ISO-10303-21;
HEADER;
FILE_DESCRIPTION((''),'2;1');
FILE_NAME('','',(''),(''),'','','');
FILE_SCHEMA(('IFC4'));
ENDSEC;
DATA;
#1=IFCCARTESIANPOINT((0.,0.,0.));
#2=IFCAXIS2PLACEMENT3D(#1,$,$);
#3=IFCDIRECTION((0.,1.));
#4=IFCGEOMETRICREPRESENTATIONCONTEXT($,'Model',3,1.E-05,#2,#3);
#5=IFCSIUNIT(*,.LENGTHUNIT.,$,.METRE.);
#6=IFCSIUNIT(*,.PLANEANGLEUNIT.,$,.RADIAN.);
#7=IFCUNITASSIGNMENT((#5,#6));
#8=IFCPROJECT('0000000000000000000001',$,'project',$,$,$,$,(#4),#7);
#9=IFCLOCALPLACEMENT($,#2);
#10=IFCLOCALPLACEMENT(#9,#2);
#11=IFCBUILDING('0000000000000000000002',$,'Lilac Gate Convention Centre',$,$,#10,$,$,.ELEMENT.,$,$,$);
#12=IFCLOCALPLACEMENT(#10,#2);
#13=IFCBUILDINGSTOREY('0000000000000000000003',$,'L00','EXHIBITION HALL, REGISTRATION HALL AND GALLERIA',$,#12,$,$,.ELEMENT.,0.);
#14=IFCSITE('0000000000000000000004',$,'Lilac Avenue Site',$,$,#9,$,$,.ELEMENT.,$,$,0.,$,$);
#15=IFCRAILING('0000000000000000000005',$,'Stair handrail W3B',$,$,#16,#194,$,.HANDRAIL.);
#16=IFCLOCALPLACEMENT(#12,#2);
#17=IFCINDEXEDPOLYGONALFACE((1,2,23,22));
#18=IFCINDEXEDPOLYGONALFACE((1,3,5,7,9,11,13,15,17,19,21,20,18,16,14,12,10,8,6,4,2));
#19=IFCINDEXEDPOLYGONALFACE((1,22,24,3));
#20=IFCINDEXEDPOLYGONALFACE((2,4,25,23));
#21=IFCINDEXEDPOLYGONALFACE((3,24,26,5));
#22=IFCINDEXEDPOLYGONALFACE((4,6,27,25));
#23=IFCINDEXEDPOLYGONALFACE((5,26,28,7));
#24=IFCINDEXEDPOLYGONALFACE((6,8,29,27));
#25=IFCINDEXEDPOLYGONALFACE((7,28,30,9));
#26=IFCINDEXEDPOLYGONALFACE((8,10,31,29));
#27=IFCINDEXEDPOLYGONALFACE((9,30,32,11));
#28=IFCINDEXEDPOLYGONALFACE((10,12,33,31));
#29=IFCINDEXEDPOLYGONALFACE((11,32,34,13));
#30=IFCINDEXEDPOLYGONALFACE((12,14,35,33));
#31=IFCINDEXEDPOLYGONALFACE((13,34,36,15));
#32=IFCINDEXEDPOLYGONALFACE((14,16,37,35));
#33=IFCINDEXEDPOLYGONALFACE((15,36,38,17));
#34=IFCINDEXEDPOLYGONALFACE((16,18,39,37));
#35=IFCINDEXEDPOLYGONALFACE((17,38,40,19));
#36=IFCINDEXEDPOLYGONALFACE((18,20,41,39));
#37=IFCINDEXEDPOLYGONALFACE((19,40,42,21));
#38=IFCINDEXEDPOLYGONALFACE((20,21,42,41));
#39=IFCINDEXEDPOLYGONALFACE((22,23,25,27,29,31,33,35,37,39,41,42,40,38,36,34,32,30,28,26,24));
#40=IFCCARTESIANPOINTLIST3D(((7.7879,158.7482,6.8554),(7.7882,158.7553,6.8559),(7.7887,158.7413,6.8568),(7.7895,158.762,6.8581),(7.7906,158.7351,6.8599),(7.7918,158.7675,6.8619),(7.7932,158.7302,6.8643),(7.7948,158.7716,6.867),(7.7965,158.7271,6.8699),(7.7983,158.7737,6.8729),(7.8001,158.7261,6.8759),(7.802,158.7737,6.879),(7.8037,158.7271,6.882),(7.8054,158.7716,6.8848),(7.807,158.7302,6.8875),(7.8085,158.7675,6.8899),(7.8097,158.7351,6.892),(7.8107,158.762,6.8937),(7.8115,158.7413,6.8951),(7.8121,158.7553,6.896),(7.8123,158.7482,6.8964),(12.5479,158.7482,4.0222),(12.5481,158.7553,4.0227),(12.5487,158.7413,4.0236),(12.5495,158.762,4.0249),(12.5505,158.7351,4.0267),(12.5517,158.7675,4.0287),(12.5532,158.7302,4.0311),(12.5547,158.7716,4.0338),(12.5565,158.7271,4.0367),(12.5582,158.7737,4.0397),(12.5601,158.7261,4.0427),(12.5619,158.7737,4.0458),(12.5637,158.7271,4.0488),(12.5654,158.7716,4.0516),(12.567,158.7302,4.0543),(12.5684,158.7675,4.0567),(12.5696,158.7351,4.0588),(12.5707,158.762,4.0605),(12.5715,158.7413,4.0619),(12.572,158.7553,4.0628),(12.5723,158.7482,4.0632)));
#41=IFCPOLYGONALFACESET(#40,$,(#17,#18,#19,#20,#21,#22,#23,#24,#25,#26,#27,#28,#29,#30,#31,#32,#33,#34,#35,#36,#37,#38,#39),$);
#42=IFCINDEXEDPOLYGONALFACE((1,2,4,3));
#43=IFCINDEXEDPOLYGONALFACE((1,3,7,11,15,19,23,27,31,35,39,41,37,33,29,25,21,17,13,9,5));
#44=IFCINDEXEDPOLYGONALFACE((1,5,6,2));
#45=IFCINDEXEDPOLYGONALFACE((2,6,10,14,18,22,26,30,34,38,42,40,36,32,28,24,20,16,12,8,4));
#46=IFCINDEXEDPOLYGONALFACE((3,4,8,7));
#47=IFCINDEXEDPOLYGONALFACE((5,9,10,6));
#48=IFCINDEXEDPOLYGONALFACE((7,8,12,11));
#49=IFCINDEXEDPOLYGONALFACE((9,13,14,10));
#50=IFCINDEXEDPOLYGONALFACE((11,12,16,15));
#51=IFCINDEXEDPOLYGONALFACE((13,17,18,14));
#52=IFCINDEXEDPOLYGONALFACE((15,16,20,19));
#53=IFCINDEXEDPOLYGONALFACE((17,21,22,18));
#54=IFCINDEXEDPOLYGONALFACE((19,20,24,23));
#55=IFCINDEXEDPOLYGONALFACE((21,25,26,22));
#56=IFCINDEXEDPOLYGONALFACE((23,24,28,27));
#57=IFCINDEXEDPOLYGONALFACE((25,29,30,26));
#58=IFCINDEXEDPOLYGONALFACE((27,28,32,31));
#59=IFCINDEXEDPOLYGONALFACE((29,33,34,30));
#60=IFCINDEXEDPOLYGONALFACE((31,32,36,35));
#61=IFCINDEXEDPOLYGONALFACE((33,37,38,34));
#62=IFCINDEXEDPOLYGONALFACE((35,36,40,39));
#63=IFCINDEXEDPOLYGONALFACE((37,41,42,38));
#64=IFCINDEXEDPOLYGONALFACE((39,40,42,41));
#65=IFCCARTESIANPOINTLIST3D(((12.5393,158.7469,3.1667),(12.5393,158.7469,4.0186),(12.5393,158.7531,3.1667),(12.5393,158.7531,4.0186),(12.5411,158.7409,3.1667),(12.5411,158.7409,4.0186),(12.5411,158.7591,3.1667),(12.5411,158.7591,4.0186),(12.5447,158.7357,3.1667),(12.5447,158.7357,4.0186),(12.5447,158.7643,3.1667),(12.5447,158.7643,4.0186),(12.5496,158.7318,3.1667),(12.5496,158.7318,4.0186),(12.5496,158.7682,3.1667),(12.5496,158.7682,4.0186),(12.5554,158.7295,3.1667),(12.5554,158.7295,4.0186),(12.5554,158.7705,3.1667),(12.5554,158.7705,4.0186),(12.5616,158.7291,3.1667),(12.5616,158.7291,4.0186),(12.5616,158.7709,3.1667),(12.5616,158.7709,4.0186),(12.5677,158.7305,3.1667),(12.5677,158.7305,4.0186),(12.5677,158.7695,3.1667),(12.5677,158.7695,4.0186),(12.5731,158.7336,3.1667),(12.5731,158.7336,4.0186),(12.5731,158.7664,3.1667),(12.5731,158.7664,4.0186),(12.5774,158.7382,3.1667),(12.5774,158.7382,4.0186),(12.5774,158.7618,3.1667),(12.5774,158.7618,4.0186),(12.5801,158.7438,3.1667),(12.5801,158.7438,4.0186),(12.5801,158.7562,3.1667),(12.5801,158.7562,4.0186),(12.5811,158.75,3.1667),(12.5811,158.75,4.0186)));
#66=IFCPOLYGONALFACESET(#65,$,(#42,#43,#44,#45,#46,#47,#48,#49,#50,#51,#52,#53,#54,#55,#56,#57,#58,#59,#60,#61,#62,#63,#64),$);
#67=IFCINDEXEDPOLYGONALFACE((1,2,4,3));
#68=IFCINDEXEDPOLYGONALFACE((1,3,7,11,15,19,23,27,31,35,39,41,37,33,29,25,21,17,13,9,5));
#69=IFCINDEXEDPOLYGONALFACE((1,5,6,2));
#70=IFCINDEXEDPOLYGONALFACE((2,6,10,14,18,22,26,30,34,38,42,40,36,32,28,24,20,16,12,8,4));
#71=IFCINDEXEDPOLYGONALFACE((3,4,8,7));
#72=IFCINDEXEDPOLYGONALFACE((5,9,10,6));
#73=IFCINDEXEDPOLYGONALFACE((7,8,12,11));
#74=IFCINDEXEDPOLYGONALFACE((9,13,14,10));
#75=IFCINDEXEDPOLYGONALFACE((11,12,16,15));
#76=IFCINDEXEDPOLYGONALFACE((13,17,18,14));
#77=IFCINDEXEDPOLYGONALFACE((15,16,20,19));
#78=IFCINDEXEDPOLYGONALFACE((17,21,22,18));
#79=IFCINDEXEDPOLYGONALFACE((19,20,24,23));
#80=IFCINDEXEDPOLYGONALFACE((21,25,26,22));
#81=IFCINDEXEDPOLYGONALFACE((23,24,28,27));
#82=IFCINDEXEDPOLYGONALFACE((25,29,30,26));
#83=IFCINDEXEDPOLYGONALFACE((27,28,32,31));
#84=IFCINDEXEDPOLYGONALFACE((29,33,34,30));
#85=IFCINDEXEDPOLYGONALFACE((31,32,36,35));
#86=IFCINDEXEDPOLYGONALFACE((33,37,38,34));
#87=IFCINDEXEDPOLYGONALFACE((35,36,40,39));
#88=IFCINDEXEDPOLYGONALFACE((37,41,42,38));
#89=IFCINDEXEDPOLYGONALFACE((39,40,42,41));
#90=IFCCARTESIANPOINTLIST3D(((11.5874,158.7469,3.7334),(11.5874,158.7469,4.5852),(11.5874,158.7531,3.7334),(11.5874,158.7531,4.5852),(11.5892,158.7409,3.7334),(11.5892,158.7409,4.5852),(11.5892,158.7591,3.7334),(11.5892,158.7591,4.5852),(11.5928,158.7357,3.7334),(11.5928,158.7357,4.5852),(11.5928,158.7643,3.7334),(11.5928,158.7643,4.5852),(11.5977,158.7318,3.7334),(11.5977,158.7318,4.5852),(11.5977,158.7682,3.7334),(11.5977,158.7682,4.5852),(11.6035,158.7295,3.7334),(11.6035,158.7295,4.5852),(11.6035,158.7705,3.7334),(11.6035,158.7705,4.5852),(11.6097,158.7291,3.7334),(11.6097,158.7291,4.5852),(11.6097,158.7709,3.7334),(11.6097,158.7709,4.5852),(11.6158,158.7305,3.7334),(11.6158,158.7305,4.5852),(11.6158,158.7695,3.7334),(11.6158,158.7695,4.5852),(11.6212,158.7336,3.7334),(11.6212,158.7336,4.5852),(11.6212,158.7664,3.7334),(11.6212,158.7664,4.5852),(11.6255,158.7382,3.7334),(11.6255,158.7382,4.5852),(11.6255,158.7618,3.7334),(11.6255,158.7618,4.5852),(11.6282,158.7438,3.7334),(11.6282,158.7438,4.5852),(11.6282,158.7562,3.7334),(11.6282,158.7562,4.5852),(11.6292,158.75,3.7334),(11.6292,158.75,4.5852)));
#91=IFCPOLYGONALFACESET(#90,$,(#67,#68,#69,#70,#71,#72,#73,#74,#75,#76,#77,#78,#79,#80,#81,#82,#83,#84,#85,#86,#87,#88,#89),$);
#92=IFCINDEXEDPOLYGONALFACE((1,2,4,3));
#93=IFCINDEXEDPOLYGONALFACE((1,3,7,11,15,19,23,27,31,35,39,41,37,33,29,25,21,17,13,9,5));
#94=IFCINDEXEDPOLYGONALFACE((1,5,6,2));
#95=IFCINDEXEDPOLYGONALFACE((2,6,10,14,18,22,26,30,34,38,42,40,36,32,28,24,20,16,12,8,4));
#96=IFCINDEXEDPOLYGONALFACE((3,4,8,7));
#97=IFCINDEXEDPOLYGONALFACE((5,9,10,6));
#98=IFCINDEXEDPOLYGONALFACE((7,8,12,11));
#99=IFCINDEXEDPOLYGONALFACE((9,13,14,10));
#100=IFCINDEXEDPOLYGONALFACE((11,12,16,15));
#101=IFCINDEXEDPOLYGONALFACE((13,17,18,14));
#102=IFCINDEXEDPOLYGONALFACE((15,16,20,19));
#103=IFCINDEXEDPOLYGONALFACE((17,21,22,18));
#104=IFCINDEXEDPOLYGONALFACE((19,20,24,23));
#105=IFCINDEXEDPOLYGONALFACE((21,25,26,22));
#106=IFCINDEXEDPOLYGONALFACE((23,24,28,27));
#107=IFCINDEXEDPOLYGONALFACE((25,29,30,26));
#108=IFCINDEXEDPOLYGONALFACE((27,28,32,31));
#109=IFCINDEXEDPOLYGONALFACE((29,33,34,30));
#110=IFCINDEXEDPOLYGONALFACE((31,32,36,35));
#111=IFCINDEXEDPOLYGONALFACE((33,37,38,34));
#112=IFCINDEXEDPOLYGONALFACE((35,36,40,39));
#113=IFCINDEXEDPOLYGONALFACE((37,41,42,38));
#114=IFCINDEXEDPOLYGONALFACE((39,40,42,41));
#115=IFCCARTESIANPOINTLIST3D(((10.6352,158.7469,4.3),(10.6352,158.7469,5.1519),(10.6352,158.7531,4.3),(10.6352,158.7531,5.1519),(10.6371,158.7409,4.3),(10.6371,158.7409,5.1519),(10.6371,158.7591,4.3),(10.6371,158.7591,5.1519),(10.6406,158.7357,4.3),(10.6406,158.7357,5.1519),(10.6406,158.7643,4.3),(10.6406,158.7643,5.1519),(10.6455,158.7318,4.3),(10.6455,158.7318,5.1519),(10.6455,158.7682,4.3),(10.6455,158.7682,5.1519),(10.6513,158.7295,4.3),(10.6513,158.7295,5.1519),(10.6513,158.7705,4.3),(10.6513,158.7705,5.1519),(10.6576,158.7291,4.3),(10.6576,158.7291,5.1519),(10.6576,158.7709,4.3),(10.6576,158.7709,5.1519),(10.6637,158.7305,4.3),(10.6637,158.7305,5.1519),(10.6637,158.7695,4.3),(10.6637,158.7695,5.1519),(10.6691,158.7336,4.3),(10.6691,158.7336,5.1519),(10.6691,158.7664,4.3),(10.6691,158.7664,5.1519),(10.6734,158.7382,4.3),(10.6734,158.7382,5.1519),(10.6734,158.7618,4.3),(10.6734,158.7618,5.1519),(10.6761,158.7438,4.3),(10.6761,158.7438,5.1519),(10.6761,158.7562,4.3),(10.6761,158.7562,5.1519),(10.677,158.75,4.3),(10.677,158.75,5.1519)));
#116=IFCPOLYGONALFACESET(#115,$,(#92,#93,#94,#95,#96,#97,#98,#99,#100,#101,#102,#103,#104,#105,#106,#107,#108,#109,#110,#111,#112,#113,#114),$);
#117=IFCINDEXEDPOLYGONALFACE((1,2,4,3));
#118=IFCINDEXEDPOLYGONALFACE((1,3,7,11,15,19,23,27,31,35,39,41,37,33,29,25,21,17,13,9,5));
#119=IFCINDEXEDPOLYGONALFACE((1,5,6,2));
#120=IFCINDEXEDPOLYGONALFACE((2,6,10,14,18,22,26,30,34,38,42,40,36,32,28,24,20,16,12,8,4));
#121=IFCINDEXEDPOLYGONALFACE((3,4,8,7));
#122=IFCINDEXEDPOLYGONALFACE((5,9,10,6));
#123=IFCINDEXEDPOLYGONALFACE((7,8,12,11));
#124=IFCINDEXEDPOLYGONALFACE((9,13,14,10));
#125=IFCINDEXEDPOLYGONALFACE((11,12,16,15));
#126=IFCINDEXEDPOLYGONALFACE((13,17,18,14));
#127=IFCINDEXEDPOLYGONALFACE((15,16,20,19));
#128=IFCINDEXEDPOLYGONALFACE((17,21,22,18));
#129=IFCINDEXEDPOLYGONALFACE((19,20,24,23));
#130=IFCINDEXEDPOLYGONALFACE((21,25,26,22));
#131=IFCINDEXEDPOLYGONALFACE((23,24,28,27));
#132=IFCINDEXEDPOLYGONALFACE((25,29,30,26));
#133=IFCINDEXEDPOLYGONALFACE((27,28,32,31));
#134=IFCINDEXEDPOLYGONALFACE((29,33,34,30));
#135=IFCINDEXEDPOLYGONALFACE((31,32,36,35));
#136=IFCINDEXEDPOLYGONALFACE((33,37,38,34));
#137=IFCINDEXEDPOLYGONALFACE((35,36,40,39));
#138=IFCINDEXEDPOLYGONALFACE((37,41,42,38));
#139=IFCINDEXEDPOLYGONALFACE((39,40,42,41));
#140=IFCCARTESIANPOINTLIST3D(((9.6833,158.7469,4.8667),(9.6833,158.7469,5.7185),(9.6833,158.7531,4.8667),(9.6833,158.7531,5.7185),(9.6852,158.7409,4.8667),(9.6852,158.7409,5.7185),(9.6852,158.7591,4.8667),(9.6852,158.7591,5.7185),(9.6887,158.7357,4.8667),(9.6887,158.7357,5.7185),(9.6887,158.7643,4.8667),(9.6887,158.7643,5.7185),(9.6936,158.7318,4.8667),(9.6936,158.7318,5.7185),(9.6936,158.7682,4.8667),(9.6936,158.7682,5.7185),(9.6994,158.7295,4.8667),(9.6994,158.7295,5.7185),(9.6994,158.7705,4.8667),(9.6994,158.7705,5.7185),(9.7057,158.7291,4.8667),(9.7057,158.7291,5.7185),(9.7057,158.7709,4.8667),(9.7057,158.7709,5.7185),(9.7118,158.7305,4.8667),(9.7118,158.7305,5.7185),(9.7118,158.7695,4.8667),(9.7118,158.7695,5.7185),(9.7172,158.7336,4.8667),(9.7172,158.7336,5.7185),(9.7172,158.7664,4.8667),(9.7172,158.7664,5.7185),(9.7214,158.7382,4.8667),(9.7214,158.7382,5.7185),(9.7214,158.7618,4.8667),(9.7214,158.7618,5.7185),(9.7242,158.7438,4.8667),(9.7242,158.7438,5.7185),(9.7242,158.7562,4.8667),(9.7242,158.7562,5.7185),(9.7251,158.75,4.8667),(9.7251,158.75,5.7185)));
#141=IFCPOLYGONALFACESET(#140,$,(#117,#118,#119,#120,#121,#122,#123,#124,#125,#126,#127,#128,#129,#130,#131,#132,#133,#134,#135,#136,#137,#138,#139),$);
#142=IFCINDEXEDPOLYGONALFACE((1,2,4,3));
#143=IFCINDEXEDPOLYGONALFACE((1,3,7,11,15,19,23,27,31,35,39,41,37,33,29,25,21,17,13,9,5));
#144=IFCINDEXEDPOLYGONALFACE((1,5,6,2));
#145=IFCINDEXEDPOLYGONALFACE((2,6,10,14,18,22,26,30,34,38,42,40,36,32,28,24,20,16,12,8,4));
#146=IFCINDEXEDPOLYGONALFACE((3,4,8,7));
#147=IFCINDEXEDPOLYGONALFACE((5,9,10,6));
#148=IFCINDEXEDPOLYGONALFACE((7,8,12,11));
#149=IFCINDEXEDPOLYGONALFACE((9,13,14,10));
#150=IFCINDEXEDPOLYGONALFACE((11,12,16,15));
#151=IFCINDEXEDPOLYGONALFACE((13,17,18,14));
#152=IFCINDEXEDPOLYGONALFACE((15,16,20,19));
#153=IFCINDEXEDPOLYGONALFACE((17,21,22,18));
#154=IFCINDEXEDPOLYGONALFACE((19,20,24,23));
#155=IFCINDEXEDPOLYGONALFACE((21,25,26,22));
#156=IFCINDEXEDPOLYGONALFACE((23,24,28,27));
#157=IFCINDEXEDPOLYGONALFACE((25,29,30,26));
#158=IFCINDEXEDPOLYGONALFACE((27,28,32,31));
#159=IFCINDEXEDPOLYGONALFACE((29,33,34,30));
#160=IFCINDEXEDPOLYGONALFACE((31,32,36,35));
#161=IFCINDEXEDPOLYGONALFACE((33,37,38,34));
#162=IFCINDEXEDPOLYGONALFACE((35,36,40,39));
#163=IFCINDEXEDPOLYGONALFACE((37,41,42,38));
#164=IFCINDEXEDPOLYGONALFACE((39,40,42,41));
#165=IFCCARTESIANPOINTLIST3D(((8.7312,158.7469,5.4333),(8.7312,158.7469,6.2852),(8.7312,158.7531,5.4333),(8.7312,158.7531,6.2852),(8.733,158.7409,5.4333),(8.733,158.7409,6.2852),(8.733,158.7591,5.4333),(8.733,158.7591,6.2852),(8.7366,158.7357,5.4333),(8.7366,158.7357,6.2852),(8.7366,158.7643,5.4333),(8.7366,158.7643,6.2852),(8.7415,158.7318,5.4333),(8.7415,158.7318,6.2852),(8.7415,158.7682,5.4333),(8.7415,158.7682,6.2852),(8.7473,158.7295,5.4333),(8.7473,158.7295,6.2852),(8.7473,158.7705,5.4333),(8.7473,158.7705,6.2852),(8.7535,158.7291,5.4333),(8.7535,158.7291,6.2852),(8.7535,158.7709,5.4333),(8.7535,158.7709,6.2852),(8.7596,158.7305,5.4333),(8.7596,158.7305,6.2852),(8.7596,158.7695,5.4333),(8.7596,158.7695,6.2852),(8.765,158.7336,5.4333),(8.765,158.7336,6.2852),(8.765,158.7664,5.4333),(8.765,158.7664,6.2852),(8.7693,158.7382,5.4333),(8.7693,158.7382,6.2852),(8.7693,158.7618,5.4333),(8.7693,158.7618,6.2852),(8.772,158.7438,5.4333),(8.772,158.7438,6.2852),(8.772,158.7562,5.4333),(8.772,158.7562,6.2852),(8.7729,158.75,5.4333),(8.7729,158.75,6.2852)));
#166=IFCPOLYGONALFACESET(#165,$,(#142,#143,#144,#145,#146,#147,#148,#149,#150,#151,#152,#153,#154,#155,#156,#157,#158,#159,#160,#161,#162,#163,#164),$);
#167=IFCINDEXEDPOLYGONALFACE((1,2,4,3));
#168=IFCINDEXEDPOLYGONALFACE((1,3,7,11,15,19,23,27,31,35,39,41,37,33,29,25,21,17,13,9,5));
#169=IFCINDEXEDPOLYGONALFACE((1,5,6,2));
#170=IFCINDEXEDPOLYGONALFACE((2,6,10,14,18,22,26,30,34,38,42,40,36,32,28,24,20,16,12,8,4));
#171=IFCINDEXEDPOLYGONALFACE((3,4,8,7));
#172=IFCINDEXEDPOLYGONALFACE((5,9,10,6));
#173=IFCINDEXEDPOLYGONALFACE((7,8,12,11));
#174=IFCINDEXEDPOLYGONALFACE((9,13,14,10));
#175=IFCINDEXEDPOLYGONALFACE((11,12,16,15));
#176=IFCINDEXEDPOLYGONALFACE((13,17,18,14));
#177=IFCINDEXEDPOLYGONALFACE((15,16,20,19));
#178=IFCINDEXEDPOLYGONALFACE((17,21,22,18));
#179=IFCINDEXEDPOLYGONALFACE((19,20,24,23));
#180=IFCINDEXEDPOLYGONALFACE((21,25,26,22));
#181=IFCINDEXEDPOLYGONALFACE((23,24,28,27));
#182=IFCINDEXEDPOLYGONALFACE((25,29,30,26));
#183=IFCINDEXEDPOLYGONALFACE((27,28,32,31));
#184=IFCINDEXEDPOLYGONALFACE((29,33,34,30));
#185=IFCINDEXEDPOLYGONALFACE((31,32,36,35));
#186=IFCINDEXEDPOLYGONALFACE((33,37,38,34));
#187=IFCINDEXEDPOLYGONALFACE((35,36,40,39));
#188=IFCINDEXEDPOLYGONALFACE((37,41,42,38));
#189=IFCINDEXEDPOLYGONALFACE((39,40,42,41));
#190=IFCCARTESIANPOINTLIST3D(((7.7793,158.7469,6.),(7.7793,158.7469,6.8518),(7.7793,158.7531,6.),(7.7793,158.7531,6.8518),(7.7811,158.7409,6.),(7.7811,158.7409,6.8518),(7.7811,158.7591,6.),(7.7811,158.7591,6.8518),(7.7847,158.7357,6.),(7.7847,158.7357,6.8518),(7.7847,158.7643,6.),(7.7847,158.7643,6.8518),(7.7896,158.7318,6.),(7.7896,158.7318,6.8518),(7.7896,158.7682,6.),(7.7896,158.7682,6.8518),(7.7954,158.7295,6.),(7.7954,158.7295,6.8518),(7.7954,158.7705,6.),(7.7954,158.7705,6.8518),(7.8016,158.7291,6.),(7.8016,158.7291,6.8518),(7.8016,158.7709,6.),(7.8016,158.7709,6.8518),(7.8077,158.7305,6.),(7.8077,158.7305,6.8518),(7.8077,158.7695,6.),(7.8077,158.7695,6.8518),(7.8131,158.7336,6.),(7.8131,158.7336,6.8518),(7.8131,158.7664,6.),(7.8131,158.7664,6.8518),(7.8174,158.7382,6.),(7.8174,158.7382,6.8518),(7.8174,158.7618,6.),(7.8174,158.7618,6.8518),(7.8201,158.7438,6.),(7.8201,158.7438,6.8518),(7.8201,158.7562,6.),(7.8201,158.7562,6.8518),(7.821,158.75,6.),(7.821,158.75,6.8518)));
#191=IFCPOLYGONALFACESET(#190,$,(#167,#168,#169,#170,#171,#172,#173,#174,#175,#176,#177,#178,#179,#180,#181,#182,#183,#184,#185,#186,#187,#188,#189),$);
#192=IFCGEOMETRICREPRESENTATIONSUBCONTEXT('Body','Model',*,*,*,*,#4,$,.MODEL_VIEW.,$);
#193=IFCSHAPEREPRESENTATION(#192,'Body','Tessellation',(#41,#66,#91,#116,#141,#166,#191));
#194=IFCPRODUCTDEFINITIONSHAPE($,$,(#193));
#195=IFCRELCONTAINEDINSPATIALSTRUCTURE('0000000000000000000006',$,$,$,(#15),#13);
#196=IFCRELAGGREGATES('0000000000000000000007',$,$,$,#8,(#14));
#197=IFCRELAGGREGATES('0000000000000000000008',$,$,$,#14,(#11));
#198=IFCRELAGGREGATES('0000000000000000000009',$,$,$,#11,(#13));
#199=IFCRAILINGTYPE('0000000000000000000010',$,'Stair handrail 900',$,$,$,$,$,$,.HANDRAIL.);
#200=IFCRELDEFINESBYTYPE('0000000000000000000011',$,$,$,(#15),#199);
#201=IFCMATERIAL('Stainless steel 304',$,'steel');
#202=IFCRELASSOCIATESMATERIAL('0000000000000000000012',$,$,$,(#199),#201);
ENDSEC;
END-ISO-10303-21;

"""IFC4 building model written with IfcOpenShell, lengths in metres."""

from ifc_helpers import new_model, si_unit, direction, frame, origin, origin_2d, place, context, subcontext, project, spatial, circle, extrude, material, type_object, element, save


model = new_model("IFC4")

# Units and contexts
model_context = context("Model", 3, precision=1e-05, world=origin(), true_north=direction((0.0, 1.0)))
body_context = subcontext(model_context, "Body", "Model", "MODEL_VIEW")
ifc_project = project(units=[si_unit("LENGTHUNIT", "METRE"), si_unit("PLANEANGLEUNIT", "RADIAN")], contexts=[model_context])

# Site, building, storey
site_placement = place(None, origin())
site = spatial("IfcSite", under=ifc_project, at=site_placement, Name="Lilac Avenue Site", CompositionType="ELEMENT", RefElevation=0.0)
building_placement = place(site_placement, origin())
building = spatial("IfcBuilding", under=site, at=building_placement, Name="Lilac Gate Convention Centre", CompositionType="ELEMENT")
storey_placement = place(building_placement, origin())
storey = spatial("IfcBuildingStorey", under=building, at=storey_placement, Name="L00", Description="EXHIBITION HALL, REGISTRATION HALL AND GALLERIA", CompositionType="ELEMENT", Elevation=0.0)

# Shared definitions
ifc_material_1 = material(Name="Stainless steel 304", Category="steel")

# Railing
railing_type = type_object("IfcRailingType", Name="Stair handrail 900", PredefinedType="HANDRAIL", material=ifc_material_1)
for number, where, name in (
    (1, (12.5601, 158.75, 3.1667), "Stair handrail W3B"),
):
    element("IfcRailing", number, at=place(storey_placement, frame(where)), inside=storey, type_object=railing_type, Name=name, PredefinedType="HANDRAIL", context=body_context, shape_type="SweptSolid", body=[
        extrude(circle(Radius=0.0239, at=origin_2d()), frame((0.0, 0.0, 0.876), z_axis=(-0.8593, 0.0, 0.511472), x_axis=(0.0, -1.0, 0.0)), (0.0, 0.0, 1.0), 5.5393),
        extrude(circle(Radius=0.021, at=origin_2d()), origin(), (0.0, 0.0, 1.0), 0.8518),
        extrude(circle(Radius=0.021, at=origin_2d()), frame((-0.9519, 0.0, 0.5667)), (0.0, 0.0, 1.0), 0.8518),
        extrude(circle(Radius=0.021, at=origin_2d()), frame((-1.9041, 0.0, 1.1333)), (0.0, 0.0, 1.0), 0.8518),
        extrude(circle(Radius=0.021, at=origin_2d()), frame((-2.856, 0.0, 1.7)), (0.0, 0.0, 1.0), 0.8518),
        extrude(circle(Radius=0.021, at=origin_2d()), frame((-3.8081, 0.0, 2.2666)), (0.0, 0.0, 1.0), 0.8518),
        extrude(circle(Radius=0.021, at=origin_2d()), frame((-4.76, 0.0, 2.8333)), (0.0, 0.0, 1.0), 0.8518),
    ])

save(model, "model.ifc")
